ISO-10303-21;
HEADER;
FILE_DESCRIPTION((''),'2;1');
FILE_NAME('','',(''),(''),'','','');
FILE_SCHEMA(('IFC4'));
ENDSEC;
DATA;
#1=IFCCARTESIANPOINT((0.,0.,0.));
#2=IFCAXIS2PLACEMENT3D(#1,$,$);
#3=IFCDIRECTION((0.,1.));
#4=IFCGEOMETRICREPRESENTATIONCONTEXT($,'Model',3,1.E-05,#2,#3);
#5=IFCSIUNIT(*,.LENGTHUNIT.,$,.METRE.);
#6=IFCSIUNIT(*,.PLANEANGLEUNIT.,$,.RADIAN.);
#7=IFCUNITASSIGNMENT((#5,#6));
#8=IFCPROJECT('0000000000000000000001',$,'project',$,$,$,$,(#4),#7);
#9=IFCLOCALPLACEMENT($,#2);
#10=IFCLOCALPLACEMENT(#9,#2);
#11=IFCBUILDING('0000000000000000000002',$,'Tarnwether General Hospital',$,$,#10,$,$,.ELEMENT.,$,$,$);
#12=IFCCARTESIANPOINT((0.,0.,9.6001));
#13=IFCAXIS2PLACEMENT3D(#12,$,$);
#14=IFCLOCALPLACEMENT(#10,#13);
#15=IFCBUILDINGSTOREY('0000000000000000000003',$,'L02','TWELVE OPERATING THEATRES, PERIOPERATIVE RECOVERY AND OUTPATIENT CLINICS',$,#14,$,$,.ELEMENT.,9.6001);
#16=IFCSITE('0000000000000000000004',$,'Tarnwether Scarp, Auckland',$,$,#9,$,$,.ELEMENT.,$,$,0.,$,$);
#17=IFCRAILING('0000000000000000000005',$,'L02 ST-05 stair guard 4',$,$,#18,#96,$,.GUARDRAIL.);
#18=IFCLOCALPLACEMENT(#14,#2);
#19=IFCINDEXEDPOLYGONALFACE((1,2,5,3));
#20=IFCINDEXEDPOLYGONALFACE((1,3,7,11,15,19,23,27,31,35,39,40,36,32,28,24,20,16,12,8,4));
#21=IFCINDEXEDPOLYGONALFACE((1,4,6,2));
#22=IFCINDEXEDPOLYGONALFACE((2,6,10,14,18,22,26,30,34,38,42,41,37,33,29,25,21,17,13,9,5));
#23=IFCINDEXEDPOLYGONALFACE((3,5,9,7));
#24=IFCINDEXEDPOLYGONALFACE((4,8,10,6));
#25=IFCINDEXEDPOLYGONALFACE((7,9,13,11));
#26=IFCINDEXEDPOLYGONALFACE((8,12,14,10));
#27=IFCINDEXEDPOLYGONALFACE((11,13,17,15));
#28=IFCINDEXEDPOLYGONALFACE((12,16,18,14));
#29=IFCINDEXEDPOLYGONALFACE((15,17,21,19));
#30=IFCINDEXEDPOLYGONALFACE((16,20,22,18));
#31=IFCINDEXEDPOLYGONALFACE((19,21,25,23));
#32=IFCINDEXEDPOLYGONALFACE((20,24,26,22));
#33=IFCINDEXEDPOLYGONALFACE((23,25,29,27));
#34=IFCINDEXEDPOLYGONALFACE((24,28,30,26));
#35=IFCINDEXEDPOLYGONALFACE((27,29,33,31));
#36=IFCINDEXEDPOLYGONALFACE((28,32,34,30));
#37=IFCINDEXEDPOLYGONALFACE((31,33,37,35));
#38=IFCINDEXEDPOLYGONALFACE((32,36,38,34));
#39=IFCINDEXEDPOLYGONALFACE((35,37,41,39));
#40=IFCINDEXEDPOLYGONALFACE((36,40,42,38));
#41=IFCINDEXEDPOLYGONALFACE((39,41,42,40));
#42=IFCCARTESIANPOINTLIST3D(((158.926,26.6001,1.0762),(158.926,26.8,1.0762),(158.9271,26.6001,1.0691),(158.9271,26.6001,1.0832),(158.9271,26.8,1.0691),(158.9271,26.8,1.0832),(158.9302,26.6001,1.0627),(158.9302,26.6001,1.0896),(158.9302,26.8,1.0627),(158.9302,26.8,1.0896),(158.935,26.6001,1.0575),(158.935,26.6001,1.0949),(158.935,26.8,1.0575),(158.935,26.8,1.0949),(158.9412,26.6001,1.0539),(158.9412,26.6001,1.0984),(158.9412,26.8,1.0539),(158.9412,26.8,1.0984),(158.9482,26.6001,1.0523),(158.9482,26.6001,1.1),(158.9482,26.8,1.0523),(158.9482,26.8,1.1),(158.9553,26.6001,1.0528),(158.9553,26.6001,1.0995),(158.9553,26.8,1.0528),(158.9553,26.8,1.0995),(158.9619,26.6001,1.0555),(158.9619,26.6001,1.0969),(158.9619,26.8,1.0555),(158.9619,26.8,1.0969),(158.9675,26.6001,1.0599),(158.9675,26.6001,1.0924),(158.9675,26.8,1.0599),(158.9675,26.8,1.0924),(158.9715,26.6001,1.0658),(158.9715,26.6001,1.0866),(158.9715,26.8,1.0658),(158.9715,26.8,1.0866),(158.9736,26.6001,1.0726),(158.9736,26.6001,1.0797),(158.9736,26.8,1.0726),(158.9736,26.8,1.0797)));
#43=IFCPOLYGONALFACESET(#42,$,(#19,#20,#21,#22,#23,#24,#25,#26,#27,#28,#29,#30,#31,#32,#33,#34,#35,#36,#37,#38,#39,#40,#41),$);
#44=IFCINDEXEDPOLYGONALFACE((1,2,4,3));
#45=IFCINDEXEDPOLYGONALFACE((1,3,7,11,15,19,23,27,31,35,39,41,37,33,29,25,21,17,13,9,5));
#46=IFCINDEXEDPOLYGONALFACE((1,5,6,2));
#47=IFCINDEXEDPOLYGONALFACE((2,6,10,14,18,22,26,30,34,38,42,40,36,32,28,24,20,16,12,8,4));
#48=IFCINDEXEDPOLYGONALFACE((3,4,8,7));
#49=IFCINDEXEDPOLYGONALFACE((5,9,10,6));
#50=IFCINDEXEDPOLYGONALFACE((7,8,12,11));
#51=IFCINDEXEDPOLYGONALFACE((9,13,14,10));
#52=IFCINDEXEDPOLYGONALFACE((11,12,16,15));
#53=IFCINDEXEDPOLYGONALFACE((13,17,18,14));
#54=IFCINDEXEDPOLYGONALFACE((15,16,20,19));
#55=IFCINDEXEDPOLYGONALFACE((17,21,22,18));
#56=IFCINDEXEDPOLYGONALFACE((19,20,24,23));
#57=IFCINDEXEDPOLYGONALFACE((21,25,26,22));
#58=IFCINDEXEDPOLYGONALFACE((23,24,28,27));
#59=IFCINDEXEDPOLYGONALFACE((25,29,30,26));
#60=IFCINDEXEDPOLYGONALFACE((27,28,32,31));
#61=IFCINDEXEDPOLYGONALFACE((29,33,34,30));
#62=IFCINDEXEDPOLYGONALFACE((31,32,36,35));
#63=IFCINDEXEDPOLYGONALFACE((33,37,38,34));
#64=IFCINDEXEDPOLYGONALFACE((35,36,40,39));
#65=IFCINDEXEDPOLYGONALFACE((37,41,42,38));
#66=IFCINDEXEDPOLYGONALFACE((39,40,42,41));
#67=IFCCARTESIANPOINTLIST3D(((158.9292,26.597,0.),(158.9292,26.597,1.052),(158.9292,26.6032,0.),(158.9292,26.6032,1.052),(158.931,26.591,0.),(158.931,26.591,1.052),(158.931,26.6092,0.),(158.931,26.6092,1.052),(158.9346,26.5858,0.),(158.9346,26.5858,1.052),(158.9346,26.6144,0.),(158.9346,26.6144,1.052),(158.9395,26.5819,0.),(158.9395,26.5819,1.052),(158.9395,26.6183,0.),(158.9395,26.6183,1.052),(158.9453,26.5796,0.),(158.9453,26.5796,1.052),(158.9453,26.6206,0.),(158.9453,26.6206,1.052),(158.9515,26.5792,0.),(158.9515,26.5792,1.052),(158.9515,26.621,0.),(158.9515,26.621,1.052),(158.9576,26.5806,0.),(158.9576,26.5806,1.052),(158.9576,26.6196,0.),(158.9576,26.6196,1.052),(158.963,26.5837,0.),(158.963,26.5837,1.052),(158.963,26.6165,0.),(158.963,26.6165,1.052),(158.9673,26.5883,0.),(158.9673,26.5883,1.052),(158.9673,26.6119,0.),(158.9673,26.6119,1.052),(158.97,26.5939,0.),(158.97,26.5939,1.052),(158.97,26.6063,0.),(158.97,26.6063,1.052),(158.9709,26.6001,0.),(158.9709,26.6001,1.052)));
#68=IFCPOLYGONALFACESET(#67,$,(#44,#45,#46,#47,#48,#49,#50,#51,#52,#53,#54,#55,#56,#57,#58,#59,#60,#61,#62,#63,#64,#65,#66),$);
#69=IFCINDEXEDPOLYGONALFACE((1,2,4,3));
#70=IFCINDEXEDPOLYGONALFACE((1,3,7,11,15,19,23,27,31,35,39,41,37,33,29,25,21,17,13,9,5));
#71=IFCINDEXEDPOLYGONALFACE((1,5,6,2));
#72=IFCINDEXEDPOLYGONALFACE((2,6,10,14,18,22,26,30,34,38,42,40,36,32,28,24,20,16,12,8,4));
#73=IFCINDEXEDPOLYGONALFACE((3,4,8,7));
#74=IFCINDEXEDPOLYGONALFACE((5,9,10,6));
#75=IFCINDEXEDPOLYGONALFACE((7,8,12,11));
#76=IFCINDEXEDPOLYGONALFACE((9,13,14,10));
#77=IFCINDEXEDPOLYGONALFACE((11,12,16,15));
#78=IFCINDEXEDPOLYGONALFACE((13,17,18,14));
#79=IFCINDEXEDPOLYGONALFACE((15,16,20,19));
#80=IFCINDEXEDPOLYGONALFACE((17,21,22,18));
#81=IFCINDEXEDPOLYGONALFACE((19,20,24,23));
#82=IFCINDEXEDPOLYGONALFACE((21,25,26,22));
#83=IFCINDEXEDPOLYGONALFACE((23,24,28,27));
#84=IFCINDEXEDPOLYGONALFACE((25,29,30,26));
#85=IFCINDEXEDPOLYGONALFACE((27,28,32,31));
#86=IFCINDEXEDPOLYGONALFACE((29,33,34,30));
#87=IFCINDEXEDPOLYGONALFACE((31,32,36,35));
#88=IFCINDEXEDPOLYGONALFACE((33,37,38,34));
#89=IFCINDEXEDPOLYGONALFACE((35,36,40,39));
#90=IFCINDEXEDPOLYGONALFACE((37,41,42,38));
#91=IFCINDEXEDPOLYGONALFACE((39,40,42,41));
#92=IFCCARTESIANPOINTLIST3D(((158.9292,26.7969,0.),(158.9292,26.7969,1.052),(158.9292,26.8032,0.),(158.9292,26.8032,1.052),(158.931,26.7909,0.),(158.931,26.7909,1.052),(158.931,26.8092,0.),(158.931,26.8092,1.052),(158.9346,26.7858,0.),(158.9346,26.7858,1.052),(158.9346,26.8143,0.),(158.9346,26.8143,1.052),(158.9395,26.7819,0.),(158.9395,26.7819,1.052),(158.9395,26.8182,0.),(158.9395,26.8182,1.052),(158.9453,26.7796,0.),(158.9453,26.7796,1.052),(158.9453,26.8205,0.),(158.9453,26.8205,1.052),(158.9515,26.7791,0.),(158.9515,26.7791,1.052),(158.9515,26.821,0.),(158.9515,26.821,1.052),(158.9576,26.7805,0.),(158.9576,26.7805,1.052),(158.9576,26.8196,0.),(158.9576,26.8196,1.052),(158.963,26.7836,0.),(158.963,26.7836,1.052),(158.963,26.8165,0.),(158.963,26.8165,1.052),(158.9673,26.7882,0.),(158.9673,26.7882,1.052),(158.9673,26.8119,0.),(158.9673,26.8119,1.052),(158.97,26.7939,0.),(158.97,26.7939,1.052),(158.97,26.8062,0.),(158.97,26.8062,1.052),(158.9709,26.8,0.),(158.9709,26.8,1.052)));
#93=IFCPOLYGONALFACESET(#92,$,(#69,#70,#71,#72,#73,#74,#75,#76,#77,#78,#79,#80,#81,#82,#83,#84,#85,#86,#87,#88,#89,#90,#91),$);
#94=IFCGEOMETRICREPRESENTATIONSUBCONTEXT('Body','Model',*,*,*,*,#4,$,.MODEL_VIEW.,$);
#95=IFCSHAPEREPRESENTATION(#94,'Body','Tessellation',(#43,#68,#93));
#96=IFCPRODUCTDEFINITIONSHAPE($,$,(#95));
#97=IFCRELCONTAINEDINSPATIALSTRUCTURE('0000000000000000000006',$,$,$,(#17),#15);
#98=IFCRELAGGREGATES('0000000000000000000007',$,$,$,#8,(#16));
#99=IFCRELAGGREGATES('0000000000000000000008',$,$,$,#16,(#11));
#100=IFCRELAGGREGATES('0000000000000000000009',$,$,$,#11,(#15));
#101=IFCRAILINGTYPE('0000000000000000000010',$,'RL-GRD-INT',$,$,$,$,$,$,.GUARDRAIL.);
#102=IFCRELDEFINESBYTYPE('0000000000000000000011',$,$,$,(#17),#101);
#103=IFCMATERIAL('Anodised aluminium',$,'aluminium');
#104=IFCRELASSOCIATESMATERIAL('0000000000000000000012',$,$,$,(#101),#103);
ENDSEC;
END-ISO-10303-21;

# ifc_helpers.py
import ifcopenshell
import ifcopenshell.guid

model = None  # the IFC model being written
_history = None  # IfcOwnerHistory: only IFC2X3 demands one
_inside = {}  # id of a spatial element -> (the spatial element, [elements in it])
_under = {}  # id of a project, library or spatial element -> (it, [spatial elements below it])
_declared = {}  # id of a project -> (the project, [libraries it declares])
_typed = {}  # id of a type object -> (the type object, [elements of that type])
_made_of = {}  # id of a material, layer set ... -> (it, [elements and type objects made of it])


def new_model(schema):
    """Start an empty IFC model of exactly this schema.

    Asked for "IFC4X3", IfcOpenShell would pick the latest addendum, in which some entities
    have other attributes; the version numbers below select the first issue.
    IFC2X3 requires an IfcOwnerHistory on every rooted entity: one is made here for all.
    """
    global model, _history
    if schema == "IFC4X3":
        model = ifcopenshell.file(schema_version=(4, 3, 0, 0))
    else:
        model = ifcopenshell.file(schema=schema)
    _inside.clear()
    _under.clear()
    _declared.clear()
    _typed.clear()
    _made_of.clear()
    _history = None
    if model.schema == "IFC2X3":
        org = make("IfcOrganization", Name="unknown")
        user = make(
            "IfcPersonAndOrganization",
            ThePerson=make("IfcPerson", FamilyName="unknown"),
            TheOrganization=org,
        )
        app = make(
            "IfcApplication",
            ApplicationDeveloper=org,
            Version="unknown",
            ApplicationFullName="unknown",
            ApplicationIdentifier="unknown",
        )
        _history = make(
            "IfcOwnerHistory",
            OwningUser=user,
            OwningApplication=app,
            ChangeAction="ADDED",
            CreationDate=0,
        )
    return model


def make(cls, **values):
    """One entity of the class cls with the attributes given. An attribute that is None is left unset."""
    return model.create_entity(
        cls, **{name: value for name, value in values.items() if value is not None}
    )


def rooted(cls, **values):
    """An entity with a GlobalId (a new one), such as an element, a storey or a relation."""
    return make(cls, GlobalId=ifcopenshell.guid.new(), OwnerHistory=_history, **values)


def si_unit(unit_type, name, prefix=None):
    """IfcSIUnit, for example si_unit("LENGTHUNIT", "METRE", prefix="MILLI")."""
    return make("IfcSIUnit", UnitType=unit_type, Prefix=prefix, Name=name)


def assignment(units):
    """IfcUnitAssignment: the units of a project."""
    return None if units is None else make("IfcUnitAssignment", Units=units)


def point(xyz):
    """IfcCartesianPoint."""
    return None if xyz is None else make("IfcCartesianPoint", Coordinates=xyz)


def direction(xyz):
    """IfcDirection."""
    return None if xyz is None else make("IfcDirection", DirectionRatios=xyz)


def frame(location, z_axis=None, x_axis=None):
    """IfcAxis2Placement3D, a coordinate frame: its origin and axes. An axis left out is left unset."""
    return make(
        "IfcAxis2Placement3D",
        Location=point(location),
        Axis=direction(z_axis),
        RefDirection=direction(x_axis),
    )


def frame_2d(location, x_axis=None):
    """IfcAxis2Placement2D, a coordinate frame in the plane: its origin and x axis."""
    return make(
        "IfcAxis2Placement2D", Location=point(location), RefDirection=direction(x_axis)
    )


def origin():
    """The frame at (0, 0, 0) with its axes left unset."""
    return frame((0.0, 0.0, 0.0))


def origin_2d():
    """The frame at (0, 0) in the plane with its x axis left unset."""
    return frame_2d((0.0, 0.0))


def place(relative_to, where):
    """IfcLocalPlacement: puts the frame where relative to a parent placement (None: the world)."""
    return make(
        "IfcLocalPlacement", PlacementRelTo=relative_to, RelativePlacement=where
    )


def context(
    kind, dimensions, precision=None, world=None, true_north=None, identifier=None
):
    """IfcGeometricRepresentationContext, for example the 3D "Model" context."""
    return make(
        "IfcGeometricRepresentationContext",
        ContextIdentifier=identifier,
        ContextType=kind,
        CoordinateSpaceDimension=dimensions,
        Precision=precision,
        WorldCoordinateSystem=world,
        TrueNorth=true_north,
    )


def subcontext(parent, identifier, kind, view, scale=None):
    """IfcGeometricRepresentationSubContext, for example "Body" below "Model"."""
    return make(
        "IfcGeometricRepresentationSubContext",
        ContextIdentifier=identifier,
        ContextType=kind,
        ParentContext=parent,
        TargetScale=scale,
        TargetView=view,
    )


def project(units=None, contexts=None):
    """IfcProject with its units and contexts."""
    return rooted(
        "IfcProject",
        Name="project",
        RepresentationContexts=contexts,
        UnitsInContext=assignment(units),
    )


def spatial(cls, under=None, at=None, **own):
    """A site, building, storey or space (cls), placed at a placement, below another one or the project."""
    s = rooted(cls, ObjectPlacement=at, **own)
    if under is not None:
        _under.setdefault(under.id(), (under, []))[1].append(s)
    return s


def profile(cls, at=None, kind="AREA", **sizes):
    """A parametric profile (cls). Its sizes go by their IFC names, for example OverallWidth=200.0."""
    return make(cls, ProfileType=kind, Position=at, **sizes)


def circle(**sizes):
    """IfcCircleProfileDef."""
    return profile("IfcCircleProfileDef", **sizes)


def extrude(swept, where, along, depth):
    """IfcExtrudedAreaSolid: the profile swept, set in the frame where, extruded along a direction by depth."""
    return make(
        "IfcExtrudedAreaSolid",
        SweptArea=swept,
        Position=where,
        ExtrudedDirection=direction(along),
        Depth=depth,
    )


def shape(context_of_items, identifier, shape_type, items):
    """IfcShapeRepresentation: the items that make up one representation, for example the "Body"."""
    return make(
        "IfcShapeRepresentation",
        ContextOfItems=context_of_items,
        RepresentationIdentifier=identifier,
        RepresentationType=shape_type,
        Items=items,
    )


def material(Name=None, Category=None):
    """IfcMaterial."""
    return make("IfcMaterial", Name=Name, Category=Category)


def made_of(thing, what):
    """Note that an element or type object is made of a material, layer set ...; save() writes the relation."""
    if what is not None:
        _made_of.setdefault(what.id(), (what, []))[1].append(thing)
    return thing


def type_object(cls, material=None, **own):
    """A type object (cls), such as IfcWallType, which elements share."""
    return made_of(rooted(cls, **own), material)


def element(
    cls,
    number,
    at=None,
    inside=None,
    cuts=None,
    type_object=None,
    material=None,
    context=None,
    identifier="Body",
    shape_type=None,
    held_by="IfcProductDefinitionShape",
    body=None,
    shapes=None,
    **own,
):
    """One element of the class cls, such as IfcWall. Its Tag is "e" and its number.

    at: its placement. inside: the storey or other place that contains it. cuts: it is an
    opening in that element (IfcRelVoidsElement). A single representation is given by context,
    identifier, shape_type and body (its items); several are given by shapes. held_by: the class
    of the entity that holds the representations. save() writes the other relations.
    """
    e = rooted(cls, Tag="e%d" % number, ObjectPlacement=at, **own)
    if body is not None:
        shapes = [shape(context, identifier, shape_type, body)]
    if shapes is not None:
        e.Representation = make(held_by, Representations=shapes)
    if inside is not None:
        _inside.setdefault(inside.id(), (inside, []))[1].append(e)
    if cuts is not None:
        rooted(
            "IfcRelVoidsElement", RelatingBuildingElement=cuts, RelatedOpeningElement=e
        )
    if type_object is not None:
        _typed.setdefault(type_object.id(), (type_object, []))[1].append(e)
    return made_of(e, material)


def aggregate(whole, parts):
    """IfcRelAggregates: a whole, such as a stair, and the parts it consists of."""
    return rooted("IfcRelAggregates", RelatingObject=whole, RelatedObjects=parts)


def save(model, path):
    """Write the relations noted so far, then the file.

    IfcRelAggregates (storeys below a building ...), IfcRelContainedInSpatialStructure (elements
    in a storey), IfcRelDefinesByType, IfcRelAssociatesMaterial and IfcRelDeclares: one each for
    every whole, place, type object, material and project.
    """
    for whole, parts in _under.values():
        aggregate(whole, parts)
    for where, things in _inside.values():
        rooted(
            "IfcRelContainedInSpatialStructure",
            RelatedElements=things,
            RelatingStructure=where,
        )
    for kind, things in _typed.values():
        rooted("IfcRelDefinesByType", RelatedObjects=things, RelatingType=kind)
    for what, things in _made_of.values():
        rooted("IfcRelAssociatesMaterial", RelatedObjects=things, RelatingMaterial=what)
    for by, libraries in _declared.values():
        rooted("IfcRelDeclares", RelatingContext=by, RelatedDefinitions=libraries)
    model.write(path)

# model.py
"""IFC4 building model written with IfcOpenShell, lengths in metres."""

from ifc_helpers import new_model, si_unit, direction, frame, origin, origin_2d, place, context, subcontext, project, spatial, circle, extrude, material, type_object, element, save


model = new_model("IFC4")

# Units and contexts
model_context = context("Model", 3, precision=1e-05, world=origin(), true_north=direction((0.0, 1.0)))
body_context = subcontext(model_context, "Body", "Model", "MODEL_VIEW")
ifc_project = project(units=[si_unit("LENGTHUNIT", "METRE"), si_unit("PLANEANGLEUNIT", "RADIAN")], contexts=[model_context])

# Site, building, storey
site_placement = place(None, origin())
site = spatial("IfcSite", under=ifc_project, at=site_placement, Name="Tarnwether Scarp, Auckland", CompositionType="ELEMENT", RefElevation=0.0)
building_placement = place(site_placement, origin())
building = spatial("IfcBuilding", under=site, at=building_placement, Name="Tarnwether General Hospital", CompositionType="ELEMENT")
storey_placement = place(building_placement, frame((0.0, 0.0, 9.6001)))
storey = spatial("IfcBuildingStorey", under=building, at=storey_placement, Name="L02", Description="TWELVE OPERATING THEATRES, PERIOPERATIVE RECOVERY AND OUTPATIENT CLINICS", CompositionType="ELEMENT", Elevation=9.6001)

# Railing
ifc_material_1 = material(Name="Anodised aluminium", Category="aluminium")
railing_type_1 = type_object("IfcRailingType", Name="RL-GRD-INT", PredefinedType="GUARDRAIL", material=ifc_material_1)
railing_1_placement = place(storey_placement, frame((158.95, 26.6001, 0.0)))
element("IfcRailing", 1, at=railing_1_placement, inside=storey, type_object=railing_type_1, Name="L02 ST-05 stair guard 4", PredefinedType="GUARDRAIL", context=body_context, shape_type="SweptSolid", body=[
    extrude(circle(Radius=0.0239, at=origin_2d()), frame((0.0, 0.0, 1.0762), z_axis=(0.0, 1.0, 0.0), x_axis=(-1.0, 0.0, 0.0)), (0.0, 0.0, 1.0), 0.2),
    extrude(circle(Radius=0.021, at=origin_2d()), origin(), (0.0, 0.0, 1.0), 1.052),
    extrude(circle(Radius=0.021, at=origin_2d()), frame((0.0, 0.2, 0.0)), (0.0, 0.0, 1.0), 1.052),
])

save(model, "model.ifc")
